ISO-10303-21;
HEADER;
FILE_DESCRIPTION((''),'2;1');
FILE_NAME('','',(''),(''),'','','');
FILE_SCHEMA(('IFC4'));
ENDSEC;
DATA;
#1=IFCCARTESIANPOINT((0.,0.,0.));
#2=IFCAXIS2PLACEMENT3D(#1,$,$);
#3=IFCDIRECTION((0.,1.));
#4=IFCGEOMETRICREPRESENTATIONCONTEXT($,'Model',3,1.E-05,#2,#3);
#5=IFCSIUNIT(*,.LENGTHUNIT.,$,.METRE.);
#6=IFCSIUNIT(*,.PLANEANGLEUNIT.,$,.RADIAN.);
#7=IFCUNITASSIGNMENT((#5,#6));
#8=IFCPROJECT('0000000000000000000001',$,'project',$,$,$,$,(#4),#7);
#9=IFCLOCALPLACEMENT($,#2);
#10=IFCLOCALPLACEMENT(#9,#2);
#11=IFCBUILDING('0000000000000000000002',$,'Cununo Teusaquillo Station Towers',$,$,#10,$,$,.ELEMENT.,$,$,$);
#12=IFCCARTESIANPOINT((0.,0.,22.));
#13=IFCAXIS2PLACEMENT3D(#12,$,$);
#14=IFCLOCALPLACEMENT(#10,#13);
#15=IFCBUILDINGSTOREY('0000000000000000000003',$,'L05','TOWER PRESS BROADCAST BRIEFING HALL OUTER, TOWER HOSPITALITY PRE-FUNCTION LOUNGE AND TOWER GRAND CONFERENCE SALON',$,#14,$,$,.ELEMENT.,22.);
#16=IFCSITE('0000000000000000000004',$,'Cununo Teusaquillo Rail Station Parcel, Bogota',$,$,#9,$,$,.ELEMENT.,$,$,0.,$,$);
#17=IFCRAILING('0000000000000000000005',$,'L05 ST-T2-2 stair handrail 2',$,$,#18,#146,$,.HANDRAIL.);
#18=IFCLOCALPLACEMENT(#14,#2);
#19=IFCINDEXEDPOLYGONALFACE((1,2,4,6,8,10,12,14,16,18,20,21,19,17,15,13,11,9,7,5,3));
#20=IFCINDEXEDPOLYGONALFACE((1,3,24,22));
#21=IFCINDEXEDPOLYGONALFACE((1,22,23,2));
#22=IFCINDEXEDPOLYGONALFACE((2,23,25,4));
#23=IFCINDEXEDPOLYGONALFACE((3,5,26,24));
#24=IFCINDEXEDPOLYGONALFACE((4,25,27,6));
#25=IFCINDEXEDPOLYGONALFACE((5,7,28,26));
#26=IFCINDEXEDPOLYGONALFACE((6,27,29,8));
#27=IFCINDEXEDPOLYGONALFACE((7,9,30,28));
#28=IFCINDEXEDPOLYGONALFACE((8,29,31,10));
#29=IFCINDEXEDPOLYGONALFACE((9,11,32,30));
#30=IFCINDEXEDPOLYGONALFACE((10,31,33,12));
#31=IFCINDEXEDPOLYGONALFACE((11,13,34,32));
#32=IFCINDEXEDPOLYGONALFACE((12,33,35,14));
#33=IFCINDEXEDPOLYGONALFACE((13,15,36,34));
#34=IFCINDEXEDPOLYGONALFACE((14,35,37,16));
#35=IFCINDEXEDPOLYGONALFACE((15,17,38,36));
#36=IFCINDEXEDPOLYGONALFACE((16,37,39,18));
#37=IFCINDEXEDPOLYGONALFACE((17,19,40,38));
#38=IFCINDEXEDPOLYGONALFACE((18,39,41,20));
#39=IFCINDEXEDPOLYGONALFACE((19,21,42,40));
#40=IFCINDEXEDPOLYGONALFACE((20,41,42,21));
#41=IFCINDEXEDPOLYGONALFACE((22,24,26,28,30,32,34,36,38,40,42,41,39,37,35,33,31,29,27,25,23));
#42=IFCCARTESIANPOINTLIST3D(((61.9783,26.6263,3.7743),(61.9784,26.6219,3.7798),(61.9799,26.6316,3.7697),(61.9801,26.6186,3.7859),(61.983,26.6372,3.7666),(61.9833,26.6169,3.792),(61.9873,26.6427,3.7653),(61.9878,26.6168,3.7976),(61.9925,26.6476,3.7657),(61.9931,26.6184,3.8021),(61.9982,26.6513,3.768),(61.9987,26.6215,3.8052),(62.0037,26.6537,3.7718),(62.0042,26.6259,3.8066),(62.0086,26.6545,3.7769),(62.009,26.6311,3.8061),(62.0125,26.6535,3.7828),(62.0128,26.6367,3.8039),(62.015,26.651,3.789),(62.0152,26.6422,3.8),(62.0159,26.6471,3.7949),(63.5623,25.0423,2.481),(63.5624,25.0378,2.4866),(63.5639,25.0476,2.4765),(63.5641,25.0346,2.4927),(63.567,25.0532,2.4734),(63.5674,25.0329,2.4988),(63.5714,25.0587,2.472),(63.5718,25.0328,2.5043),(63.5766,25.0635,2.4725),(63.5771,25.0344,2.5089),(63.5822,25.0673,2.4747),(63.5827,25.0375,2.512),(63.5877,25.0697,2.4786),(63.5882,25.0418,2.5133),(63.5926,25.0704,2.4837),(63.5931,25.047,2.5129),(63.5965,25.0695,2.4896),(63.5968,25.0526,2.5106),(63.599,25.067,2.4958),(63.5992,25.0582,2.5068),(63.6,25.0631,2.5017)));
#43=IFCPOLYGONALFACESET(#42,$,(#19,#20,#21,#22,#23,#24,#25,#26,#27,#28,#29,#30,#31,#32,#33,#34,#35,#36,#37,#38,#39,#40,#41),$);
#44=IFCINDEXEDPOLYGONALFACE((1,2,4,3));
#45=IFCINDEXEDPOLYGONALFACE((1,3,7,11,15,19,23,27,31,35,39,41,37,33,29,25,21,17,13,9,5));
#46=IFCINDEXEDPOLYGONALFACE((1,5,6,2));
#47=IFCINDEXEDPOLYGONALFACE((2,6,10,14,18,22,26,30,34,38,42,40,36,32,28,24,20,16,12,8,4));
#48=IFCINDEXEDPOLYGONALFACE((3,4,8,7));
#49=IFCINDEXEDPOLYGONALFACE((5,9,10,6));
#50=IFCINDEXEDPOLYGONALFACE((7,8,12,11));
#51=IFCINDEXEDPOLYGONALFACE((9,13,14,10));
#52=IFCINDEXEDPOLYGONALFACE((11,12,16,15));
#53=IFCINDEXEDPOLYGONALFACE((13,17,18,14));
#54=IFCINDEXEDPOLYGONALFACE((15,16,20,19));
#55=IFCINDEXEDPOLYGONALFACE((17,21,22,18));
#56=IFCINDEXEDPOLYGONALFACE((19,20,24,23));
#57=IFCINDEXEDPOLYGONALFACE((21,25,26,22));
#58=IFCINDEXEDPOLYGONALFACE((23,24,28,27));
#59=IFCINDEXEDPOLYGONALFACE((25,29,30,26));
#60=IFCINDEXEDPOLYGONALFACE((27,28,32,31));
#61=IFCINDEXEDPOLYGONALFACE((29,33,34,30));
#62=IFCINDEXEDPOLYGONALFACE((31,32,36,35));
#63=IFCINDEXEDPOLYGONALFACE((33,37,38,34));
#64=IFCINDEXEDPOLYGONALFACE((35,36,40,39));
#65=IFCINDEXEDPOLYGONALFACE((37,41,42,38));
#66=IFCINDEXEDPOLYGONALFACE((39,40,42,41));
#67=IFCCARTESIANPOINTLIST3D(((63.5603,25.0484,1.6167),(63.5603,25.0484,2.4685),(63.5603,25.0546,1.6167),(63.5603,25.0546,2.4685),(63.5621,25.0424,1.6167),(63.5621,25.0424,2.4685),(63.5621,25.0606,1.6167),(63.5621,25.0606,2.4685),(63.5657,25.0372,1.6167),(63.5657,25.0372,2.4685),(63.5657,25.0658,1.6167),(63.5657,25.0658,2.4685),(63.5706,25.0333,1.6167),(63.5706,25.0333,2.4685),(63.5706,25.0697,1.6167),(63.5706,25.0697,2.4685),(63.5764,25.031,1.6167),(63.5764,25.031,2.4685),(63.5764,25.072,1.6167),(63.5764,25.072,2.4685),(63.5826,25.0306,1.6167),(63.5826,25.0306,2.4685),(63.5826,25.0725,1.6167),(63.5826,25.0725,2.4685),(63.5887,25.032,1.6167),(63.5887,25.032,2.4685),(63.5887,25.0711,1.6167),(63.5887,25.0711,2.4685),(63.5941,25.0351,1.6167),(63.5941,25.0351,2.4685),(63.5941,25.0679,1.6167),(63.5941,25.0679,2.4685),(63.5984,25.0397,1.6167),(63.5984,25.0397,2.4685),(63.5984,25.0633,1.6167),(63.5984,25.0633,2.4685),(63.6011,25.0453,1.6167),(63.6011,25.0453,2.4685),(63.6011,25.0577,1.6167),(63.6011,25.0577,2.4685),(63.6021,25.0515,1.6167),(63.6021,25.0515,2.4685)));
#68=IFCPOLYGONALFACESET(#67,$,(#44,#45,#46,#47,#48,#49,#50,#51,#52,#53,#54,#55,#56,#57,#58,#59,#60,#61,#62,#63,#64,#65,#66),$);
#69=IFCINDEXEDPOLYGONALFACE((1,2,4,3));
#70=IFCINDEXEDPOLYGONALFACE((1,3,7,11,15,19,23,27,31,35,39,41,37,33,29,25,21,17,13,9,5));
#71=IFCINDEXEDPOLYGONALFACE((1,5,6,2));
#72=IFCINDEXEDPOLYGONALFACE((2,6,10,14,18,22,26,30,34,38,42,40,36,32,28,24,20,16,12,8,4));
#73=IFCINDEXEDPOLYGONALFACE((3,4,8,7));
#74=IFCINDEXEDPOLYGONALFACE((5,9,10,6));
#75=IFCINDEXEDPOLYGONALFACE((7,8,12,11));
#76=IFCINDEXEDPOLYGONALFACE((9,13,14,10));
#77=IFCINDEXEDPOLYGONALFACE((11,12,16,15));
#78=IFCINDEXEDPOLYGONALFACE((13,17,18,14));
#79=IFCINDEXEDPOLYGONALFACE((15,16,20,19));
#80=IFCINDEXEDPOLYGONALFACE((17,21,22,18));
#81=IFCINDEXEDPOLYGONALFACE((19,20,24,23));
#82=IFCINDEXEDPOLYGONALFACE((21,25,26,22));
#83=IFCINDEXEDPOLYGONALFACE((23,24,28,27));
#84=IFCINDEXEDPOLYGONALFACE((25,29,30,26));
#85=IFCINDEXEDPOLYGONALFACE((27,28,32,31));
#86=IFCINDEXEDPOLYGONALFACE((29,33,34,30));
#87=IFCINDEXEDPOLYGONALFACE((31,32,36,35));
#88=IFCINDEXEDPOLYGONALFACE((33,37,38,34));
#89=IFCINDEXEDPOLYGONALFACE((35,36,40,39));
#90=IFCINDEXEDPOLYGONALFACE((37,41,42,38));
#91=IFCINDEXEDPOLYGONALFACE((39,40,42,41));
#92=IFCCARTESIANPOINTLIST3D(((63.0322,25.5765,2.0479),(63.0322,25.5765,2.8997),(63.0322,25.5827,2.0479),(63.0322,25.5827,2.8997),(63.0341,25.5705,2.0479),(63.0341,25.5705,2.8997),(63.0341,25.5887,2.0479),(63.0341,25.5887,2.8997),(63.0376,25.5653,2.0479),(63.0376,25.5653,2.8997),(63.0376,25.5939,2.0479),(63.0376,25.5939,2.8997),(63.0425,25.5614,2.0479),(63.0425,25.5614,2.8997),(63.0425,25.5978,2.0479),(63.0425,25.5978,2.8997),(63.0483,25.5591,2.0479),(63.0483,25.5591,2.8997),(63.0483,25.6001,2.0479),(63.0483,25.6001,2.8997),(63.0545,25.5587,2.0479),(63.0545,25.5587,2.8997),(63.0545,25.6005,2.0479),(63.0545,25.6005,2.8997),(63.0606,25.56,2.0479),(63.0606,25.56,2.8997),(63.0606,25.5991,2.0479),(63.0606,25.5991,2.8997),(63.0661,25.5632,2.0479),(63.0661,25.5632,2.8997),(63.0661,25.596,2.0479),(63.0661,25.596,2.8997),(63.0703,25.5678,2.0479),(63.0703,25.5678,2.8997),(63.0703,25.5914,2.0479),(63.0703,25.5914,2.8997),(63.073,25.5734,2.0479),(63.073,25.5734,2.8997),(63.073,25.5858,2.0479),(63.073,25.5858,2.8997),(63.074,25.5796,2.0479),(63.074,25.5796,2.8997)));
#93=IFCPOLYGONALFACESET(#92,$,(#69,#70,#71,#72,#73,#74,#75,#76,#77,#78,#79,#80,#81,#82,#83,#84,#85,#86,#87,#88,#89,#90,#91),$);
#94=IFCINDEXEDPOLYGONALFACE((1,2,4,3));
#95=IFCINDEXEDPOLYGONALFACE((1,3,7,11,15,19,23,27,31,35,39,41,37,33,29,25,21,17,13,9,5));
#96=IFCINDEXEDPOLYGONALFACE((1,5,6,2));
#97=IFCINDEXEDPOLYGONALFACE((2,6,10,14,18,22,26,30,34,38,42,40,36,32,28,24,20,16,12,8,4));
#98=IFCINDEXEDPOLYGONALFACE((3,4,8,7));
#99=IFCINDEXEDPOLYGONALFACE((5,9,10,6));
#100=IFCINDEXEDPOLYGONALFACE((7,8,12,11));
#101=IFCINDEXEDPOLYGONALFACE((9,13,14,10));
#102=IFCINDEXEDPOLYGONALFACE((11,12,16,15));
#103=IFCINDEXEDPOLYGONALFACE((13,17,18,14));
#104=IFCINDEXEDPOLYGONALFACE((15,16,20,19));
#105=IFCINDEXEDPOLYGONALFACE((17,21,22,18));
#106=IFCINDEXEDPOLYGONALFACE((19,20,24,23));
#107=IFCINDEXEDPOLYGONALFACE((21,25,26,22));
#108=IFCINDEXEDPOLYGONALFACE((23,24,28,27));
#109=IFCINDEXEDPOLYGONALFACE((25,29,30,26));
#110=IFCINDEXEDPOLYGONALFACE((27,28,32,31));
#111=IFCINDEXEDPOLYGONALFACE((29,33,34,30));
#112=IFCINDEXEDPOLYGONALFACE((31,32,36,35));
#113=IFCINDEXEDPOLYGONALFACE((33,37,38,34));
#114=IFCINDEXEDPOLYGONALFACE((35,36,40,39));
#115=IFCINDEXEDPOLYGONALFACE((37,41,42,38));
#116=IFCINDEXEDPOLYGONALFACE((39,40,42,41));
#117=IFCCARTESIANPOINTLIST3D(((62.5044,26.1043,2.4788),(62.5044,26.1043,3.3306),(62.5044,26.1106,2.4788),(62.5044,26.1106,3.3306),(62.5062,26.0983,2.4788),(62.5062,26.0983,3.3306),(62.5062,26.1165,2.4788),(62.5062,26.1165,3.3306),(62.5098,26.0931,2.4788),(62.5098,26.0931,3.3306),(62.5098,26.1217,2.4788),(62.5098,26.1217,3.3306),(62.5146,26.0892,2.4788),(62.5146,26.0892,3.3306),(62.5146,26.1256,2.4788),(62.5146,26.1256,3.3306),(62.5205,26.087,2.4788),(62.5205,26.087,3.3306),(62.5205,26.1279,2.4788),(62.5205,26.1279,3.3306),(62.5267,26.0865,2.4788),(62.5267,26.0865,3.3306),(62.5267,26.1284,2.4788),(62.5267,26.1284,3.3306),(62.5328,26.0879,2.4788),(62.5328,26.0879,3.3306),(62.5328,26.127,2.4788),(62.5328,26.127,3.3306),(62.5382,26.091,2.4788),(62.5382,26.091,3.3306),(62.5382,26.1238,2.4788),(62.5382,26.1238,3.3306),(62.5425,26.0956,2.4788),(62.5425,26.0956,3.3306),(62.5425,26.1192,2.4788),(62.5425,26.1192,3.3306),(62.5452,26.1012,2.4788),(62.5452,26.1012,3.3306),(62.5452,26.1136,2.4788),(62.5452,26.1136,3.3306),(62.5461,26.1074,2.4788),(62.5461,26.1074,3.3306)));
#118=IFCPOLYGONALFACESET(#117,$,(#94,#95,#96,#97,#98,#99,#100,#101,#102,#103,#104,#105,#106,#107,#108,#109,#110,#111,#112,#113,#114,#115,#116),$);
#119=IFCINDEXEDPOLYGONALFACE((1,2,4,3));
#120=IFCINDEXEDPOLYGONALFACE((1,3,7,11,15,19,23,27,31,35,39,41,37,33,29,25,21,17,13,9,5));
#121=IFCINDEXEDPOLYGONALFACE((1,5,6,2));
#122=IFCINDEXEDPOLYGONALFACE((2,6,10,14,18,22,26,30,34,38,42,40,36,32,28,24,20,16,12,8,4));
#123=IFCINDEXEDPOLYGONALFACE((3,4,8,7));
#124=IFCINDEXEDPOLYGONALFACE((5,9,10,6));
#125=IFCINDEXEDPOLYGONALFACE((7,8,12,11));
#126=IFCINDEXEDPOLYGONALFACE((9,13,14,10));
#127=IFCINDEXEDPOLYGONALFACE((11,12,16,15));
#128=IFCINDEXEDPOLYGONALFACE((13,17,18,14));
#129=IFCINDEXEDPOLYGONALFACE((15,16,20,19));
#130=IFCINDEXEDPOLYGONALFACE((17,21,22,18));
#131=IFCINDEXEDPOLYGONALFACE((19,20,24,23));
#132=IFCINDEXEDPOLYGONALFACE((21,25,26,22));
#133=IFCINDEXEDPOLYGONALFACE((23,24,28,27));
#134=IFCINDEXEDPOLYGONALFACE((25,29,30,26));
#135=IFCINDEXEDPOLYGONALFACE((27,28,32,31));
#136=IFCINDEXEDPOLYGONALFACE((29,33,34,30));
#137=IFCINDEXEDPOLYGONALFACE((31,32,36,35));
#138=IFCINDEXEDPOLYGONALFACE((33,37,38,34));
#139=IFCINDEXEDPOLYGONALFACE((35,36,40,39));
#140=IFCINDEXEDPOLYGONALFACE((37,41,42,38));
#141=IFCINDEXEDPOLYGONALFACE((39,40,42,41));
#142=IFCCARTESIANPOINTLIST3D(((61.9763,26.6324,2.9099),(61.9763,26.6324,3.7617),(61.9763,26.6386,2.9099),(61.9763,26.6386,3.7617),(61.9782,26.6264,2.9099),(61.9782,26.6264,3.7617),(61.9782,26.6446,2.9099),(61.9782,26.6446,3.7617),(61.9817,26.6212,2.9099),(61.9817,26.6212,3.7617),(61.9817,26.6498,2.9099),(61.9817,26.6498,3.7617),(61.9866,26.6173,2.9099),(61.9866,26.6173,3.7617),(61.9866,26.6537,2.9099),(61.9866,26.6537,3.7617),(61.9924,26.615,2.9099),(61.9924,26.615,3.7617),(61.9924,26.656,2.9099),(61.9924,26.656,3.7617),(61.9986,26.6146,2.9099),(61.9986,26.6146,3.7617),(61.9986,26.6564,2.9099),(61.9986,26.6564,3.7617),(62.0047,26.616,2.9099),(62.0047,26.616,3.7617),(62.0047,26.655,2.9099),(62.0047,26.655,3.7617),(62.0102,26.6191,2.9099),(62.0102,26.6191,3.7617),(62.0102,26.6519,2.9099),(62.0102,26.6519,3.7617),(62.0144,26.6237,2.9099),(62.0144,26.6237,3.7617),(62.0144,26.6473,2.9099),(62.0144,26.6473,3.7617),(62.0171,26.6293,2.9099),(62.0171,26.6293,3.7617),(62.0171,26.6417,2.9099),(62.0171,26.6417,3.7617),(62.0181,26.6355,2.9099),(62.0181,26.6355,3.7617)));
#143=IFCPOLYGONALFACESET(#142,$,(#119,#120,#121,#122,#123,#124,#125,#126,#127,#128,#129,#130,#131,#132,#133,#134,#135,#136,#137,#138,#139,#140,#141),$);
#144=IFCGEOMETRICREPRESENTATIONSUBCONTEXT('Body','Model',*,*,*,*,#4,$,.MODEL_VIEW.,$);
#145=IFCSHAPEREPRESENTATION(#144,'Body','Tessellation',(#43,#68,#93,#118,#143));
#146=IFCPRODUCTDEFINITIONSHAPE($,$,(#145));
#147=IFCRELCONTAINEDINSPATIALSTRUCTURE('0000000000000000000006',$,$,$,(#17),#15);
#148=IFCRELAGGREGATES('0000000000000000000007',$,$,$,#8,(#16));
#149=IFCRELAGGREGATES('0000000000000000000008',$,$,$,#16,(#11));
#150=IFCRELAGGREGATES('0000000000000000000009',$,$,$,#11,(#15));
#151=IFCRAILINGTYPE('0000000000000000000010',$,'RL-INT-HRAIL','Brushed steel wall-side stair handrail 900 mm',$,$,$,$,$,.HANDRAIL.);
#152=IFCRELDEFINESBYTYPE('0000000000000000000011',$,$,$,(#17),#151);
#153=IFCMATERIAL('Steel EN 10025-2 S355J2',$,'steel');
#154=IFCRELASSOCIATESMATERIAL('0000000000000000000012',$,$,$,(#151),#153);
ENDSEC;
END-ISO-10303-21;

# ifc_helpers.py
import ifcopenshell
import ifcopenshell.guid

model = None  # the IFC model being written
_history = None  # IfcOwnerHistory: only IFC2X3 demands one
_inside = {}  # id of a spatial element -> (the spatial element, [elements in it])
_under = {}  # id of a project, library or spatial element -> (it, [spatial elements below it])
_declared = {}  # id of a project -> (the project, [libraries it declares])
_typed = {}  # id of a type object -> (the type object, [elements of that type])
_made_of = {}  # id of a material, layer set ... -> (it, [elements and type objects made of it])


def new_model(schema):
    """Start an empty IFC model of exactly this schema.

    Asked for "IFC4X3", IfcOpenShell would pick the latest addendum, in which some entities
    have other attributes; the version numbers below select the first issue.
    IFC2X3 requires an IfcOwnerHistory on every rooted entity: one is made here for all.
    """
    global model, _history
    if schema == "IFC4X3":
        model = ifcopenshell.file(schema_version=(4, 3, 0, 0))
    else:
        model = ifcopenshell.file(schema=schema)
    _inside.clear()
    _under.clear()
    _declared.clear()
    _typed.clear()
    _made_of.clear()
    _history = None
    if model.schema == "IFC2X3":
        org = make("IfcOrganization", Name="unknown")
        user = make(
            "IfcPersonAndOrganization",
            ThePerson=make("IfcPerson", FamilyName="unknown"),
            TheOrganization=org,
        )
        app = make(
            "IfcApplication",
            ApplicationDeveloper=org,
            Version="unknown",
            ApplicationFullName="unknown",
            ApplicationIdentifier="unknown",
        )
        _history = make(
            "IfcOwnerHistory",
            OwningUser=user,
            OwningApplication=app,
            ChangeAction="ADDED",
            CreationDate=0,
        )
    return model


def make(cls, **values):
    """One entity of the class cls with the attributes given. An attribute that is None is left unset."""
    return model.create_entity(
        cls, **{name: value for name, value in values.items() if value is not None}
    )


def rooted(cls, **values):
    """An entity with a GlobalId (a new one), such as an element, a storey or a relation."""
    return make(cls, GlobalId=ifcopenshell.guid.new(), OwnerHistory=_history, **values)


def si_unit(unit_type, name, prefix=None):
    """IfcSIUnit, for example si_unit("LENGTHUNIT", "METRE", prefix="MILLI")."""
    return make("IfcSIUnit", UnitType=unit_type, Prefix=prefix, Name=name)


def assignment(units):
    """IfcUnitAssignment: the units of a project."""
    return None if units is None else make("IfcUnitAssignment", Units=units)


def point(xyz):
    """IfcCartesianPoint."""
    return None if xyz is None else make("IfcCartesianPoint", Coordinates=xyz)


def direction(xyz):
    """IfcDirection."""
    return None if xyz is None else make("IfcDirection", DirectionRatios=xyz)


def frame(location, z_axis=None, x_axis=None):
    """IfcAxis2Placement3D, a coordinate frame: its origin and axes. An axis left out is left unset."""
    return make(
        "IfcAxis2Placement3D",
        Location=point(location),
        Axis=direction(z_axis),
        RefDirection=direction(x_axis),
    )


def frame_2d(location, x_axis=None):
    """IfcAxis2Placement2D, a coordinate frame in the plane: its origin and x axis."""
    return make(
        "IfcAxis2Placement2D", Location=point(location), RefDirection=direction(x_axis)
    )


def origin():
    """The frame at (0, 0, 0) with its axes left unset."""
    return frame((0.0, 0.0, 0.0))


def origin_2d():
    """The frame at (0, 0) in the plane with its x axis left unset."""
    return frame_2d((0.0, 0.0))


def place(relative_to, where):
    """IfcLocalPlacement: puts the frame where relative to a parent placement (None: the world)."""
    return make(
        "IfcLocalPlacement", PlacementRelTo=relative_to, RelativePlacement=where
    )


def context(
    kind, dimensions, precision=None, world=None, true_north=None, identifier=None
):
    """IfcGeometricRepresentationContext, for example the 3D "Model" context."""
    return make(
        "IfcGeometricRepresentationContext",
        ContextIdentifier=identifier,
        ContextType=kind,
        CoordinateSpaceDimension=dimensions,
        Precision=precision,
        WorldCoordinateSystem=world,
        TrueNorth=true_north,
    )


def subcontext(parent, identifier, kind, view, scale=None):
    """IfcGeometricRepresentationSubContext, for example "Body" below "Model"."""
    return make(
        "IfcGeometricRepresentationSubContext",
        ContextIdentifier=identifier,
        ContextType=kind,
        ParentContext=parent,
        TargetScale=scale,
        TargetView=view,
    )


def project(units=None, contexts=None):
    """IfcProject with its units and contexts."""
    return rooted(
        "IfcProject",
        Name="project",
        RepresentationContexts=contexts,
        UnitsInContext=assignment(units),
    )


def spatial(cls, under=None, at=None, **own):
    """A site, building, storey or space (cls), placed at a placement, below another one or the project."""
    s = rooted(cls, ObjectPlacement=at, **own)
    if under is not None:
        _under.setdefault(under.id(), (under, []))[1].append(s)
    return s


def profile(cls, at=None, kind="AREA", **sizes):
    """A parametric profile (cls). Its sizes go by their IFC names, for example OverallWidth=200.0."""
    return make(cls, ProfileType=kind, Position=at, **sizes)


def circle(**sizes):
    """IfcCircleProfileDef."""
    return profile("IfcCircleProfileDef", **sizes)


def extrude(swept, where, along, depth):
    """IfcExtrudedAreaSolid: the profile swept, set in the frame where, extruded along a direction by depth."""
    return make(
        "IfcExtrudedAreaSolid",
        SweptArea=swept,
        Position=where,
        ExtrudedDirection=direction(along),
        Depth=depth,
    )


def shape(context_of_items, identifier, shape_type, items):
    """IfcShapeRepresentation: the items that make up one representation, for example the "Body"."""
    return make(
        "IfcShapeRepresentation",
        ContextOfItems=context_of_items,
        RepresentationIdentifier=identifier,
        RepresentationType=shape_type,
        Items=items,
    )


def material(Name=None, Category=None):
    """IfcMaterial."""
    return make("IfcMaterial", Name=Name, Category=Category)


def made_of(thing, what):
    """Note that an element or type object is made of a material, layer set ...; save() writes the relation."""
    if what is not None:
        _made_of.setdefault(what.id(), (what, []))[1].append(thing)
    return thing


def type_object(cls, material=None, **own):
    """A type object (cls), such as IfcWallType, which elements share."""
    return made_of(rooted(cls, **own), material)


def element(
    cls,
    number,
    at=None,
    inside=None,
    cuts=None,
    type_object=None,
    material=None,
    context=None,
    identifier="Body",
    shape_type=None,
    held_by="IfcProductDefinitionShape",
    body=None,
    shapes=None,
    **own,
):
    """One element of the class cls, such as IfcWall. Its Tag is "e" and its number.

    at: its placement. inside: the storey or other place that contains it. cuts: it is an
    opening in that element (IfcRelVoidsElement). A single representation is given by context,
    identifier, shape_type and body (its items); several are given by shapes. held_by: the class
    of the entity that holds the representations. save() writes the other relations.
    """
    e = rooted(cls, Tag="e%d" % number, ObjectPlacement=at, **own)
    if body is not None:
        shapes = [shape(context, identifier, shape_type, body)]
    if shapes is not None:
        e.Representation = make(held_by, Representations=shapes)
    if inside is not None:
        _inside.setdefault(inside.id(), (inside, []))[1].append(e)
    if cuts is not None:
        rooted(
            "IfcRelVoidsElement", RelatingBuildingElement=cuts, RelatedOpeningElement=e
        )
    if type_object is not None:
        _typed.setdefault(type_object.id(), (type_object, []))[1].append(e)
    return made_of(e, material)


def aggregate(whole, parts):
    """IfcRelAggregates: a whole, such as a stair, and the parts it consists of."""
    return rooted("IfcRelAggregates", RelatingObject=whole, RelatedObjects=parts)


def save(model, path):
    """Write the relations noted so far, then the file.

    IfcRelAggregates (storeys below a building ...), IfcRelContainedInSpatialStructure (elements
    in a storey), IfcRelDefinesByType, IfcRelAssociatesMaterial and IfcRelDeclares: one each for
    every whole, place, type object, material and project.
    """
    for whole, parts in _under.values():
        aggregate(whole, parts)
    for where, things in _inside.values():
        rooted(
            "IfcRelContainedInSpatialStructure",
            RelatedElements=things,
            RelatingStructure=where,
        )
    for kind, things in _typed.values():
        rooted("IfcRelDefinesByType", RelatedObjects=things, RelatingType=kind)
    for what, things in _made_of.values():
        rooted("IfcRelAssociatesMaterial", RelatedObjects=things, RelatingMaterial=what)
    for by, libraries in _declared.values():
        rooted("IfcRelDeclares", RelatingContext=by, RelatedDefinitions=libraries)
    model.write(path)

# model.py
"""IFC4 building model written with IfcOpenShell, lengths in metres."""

from ifc_helpers import new_model, si_unit, direction, frame, origin, origin_2d, place, context, subcontext, project, spatial, circle, extrude, material, type_object, element, save


model = new_model("IFC4")

# Units and contexts
model_context = context("Model", 3, precision=1e-05, world=origin(), true_north=direction((0.0, 1.0)))
body_context = subcontext(model_context, "Body", "Model", "MODEL_VIEW")
ifc_project = project(units=[si_unit("LENGTHUNIT", "METRE"), si_unit("PLANEANGLEUNIT", "RADIAN")], contexts=[model_context])

# Site, building, storey
site_placement = place(None, origin())
site = spatial("IfcSite", under=ifc_project, at=site_placement, Name="Cununo Teusaquillo Rail Station Parcel, Bogota", CompositionType="ELEMENT", RefElevation=0.0)
building_placement = place(site_placement, origin())
building = spatial("IfcBuilding", under=site, at=building_placement, Name="Cununo Teusaquillo Station Towers", CompositionType="ELEMENT")
storey_placement = place(building_placement, frame((0.0, 0.0, 22.0)))
storey = spatial("IfcBuildingStorey", under=building, at=storey_placement, Name="L05", Description="TOWER PRESS BROADCAST BRIEFING HALL OUTER, TOWER HOSPITALITY PRE-FUNCTION LOUNGE AND TOWER GRAND CONFERENCE SALON", CompositionType="ELEMENT", Elevation=22.0)

# Railing
ifc_material_1 = material(Name="Steel EN 10025-2 S355J2", Category="steel")
railing_type_1 = type_object("IfcRailingType", Name="RL-INT-HRAIL", Description="Brushed steel wall-side stair handrail 900 mm", PredefinedType="HANDRAIL", material=ifc_material_1)
railing_1_placement = place(storey_placement, frame((63.5811, 25.0515, 1.6167)))
element("IfcRailing", 1, at=railing_1_placement, inside=storey, type_object=railing_type_1, Name="L05 ST-T2-2 stair handrail 2", PredefinedType="HANDRAIL", context=body_context, shape_type="SweptSolid", body=[
    extrude(circle(Radius=0.0239, at=origin_2d()), frame((0.0, 0.0, 0.876), z_axis=(-0.612385, 0.612385, 0.49997), x_axis=(-0.707107, -0.707107, 0.0)), (0.0, 0.0, 1.0), 2.5867),
    extrude(circle(Radius=0.021, at=origin_2d()), origin(), (0.0, 0.0, 1.0), 0.8518),
    extrude(circle(Radius=0.021, at=origin_2d()), frame((-0.5281, 0.5281, 0.4312)), (0.0, 0.0, 1.0), 0.8518),
    extrude(circle(Radius=0.021, at=origin_2d()), frame((-1.0559, 1.0559, 0.8621)), (0.0, 0.0, 1.0), 0.8518),
    extrude(circle(Radius=0.021, at=origin_2d()), frame((-1.584, 1.584, 1.2932)), (0.0, 0.0, 1.0), 0.8518),
])

save(model, "model.ifc")
